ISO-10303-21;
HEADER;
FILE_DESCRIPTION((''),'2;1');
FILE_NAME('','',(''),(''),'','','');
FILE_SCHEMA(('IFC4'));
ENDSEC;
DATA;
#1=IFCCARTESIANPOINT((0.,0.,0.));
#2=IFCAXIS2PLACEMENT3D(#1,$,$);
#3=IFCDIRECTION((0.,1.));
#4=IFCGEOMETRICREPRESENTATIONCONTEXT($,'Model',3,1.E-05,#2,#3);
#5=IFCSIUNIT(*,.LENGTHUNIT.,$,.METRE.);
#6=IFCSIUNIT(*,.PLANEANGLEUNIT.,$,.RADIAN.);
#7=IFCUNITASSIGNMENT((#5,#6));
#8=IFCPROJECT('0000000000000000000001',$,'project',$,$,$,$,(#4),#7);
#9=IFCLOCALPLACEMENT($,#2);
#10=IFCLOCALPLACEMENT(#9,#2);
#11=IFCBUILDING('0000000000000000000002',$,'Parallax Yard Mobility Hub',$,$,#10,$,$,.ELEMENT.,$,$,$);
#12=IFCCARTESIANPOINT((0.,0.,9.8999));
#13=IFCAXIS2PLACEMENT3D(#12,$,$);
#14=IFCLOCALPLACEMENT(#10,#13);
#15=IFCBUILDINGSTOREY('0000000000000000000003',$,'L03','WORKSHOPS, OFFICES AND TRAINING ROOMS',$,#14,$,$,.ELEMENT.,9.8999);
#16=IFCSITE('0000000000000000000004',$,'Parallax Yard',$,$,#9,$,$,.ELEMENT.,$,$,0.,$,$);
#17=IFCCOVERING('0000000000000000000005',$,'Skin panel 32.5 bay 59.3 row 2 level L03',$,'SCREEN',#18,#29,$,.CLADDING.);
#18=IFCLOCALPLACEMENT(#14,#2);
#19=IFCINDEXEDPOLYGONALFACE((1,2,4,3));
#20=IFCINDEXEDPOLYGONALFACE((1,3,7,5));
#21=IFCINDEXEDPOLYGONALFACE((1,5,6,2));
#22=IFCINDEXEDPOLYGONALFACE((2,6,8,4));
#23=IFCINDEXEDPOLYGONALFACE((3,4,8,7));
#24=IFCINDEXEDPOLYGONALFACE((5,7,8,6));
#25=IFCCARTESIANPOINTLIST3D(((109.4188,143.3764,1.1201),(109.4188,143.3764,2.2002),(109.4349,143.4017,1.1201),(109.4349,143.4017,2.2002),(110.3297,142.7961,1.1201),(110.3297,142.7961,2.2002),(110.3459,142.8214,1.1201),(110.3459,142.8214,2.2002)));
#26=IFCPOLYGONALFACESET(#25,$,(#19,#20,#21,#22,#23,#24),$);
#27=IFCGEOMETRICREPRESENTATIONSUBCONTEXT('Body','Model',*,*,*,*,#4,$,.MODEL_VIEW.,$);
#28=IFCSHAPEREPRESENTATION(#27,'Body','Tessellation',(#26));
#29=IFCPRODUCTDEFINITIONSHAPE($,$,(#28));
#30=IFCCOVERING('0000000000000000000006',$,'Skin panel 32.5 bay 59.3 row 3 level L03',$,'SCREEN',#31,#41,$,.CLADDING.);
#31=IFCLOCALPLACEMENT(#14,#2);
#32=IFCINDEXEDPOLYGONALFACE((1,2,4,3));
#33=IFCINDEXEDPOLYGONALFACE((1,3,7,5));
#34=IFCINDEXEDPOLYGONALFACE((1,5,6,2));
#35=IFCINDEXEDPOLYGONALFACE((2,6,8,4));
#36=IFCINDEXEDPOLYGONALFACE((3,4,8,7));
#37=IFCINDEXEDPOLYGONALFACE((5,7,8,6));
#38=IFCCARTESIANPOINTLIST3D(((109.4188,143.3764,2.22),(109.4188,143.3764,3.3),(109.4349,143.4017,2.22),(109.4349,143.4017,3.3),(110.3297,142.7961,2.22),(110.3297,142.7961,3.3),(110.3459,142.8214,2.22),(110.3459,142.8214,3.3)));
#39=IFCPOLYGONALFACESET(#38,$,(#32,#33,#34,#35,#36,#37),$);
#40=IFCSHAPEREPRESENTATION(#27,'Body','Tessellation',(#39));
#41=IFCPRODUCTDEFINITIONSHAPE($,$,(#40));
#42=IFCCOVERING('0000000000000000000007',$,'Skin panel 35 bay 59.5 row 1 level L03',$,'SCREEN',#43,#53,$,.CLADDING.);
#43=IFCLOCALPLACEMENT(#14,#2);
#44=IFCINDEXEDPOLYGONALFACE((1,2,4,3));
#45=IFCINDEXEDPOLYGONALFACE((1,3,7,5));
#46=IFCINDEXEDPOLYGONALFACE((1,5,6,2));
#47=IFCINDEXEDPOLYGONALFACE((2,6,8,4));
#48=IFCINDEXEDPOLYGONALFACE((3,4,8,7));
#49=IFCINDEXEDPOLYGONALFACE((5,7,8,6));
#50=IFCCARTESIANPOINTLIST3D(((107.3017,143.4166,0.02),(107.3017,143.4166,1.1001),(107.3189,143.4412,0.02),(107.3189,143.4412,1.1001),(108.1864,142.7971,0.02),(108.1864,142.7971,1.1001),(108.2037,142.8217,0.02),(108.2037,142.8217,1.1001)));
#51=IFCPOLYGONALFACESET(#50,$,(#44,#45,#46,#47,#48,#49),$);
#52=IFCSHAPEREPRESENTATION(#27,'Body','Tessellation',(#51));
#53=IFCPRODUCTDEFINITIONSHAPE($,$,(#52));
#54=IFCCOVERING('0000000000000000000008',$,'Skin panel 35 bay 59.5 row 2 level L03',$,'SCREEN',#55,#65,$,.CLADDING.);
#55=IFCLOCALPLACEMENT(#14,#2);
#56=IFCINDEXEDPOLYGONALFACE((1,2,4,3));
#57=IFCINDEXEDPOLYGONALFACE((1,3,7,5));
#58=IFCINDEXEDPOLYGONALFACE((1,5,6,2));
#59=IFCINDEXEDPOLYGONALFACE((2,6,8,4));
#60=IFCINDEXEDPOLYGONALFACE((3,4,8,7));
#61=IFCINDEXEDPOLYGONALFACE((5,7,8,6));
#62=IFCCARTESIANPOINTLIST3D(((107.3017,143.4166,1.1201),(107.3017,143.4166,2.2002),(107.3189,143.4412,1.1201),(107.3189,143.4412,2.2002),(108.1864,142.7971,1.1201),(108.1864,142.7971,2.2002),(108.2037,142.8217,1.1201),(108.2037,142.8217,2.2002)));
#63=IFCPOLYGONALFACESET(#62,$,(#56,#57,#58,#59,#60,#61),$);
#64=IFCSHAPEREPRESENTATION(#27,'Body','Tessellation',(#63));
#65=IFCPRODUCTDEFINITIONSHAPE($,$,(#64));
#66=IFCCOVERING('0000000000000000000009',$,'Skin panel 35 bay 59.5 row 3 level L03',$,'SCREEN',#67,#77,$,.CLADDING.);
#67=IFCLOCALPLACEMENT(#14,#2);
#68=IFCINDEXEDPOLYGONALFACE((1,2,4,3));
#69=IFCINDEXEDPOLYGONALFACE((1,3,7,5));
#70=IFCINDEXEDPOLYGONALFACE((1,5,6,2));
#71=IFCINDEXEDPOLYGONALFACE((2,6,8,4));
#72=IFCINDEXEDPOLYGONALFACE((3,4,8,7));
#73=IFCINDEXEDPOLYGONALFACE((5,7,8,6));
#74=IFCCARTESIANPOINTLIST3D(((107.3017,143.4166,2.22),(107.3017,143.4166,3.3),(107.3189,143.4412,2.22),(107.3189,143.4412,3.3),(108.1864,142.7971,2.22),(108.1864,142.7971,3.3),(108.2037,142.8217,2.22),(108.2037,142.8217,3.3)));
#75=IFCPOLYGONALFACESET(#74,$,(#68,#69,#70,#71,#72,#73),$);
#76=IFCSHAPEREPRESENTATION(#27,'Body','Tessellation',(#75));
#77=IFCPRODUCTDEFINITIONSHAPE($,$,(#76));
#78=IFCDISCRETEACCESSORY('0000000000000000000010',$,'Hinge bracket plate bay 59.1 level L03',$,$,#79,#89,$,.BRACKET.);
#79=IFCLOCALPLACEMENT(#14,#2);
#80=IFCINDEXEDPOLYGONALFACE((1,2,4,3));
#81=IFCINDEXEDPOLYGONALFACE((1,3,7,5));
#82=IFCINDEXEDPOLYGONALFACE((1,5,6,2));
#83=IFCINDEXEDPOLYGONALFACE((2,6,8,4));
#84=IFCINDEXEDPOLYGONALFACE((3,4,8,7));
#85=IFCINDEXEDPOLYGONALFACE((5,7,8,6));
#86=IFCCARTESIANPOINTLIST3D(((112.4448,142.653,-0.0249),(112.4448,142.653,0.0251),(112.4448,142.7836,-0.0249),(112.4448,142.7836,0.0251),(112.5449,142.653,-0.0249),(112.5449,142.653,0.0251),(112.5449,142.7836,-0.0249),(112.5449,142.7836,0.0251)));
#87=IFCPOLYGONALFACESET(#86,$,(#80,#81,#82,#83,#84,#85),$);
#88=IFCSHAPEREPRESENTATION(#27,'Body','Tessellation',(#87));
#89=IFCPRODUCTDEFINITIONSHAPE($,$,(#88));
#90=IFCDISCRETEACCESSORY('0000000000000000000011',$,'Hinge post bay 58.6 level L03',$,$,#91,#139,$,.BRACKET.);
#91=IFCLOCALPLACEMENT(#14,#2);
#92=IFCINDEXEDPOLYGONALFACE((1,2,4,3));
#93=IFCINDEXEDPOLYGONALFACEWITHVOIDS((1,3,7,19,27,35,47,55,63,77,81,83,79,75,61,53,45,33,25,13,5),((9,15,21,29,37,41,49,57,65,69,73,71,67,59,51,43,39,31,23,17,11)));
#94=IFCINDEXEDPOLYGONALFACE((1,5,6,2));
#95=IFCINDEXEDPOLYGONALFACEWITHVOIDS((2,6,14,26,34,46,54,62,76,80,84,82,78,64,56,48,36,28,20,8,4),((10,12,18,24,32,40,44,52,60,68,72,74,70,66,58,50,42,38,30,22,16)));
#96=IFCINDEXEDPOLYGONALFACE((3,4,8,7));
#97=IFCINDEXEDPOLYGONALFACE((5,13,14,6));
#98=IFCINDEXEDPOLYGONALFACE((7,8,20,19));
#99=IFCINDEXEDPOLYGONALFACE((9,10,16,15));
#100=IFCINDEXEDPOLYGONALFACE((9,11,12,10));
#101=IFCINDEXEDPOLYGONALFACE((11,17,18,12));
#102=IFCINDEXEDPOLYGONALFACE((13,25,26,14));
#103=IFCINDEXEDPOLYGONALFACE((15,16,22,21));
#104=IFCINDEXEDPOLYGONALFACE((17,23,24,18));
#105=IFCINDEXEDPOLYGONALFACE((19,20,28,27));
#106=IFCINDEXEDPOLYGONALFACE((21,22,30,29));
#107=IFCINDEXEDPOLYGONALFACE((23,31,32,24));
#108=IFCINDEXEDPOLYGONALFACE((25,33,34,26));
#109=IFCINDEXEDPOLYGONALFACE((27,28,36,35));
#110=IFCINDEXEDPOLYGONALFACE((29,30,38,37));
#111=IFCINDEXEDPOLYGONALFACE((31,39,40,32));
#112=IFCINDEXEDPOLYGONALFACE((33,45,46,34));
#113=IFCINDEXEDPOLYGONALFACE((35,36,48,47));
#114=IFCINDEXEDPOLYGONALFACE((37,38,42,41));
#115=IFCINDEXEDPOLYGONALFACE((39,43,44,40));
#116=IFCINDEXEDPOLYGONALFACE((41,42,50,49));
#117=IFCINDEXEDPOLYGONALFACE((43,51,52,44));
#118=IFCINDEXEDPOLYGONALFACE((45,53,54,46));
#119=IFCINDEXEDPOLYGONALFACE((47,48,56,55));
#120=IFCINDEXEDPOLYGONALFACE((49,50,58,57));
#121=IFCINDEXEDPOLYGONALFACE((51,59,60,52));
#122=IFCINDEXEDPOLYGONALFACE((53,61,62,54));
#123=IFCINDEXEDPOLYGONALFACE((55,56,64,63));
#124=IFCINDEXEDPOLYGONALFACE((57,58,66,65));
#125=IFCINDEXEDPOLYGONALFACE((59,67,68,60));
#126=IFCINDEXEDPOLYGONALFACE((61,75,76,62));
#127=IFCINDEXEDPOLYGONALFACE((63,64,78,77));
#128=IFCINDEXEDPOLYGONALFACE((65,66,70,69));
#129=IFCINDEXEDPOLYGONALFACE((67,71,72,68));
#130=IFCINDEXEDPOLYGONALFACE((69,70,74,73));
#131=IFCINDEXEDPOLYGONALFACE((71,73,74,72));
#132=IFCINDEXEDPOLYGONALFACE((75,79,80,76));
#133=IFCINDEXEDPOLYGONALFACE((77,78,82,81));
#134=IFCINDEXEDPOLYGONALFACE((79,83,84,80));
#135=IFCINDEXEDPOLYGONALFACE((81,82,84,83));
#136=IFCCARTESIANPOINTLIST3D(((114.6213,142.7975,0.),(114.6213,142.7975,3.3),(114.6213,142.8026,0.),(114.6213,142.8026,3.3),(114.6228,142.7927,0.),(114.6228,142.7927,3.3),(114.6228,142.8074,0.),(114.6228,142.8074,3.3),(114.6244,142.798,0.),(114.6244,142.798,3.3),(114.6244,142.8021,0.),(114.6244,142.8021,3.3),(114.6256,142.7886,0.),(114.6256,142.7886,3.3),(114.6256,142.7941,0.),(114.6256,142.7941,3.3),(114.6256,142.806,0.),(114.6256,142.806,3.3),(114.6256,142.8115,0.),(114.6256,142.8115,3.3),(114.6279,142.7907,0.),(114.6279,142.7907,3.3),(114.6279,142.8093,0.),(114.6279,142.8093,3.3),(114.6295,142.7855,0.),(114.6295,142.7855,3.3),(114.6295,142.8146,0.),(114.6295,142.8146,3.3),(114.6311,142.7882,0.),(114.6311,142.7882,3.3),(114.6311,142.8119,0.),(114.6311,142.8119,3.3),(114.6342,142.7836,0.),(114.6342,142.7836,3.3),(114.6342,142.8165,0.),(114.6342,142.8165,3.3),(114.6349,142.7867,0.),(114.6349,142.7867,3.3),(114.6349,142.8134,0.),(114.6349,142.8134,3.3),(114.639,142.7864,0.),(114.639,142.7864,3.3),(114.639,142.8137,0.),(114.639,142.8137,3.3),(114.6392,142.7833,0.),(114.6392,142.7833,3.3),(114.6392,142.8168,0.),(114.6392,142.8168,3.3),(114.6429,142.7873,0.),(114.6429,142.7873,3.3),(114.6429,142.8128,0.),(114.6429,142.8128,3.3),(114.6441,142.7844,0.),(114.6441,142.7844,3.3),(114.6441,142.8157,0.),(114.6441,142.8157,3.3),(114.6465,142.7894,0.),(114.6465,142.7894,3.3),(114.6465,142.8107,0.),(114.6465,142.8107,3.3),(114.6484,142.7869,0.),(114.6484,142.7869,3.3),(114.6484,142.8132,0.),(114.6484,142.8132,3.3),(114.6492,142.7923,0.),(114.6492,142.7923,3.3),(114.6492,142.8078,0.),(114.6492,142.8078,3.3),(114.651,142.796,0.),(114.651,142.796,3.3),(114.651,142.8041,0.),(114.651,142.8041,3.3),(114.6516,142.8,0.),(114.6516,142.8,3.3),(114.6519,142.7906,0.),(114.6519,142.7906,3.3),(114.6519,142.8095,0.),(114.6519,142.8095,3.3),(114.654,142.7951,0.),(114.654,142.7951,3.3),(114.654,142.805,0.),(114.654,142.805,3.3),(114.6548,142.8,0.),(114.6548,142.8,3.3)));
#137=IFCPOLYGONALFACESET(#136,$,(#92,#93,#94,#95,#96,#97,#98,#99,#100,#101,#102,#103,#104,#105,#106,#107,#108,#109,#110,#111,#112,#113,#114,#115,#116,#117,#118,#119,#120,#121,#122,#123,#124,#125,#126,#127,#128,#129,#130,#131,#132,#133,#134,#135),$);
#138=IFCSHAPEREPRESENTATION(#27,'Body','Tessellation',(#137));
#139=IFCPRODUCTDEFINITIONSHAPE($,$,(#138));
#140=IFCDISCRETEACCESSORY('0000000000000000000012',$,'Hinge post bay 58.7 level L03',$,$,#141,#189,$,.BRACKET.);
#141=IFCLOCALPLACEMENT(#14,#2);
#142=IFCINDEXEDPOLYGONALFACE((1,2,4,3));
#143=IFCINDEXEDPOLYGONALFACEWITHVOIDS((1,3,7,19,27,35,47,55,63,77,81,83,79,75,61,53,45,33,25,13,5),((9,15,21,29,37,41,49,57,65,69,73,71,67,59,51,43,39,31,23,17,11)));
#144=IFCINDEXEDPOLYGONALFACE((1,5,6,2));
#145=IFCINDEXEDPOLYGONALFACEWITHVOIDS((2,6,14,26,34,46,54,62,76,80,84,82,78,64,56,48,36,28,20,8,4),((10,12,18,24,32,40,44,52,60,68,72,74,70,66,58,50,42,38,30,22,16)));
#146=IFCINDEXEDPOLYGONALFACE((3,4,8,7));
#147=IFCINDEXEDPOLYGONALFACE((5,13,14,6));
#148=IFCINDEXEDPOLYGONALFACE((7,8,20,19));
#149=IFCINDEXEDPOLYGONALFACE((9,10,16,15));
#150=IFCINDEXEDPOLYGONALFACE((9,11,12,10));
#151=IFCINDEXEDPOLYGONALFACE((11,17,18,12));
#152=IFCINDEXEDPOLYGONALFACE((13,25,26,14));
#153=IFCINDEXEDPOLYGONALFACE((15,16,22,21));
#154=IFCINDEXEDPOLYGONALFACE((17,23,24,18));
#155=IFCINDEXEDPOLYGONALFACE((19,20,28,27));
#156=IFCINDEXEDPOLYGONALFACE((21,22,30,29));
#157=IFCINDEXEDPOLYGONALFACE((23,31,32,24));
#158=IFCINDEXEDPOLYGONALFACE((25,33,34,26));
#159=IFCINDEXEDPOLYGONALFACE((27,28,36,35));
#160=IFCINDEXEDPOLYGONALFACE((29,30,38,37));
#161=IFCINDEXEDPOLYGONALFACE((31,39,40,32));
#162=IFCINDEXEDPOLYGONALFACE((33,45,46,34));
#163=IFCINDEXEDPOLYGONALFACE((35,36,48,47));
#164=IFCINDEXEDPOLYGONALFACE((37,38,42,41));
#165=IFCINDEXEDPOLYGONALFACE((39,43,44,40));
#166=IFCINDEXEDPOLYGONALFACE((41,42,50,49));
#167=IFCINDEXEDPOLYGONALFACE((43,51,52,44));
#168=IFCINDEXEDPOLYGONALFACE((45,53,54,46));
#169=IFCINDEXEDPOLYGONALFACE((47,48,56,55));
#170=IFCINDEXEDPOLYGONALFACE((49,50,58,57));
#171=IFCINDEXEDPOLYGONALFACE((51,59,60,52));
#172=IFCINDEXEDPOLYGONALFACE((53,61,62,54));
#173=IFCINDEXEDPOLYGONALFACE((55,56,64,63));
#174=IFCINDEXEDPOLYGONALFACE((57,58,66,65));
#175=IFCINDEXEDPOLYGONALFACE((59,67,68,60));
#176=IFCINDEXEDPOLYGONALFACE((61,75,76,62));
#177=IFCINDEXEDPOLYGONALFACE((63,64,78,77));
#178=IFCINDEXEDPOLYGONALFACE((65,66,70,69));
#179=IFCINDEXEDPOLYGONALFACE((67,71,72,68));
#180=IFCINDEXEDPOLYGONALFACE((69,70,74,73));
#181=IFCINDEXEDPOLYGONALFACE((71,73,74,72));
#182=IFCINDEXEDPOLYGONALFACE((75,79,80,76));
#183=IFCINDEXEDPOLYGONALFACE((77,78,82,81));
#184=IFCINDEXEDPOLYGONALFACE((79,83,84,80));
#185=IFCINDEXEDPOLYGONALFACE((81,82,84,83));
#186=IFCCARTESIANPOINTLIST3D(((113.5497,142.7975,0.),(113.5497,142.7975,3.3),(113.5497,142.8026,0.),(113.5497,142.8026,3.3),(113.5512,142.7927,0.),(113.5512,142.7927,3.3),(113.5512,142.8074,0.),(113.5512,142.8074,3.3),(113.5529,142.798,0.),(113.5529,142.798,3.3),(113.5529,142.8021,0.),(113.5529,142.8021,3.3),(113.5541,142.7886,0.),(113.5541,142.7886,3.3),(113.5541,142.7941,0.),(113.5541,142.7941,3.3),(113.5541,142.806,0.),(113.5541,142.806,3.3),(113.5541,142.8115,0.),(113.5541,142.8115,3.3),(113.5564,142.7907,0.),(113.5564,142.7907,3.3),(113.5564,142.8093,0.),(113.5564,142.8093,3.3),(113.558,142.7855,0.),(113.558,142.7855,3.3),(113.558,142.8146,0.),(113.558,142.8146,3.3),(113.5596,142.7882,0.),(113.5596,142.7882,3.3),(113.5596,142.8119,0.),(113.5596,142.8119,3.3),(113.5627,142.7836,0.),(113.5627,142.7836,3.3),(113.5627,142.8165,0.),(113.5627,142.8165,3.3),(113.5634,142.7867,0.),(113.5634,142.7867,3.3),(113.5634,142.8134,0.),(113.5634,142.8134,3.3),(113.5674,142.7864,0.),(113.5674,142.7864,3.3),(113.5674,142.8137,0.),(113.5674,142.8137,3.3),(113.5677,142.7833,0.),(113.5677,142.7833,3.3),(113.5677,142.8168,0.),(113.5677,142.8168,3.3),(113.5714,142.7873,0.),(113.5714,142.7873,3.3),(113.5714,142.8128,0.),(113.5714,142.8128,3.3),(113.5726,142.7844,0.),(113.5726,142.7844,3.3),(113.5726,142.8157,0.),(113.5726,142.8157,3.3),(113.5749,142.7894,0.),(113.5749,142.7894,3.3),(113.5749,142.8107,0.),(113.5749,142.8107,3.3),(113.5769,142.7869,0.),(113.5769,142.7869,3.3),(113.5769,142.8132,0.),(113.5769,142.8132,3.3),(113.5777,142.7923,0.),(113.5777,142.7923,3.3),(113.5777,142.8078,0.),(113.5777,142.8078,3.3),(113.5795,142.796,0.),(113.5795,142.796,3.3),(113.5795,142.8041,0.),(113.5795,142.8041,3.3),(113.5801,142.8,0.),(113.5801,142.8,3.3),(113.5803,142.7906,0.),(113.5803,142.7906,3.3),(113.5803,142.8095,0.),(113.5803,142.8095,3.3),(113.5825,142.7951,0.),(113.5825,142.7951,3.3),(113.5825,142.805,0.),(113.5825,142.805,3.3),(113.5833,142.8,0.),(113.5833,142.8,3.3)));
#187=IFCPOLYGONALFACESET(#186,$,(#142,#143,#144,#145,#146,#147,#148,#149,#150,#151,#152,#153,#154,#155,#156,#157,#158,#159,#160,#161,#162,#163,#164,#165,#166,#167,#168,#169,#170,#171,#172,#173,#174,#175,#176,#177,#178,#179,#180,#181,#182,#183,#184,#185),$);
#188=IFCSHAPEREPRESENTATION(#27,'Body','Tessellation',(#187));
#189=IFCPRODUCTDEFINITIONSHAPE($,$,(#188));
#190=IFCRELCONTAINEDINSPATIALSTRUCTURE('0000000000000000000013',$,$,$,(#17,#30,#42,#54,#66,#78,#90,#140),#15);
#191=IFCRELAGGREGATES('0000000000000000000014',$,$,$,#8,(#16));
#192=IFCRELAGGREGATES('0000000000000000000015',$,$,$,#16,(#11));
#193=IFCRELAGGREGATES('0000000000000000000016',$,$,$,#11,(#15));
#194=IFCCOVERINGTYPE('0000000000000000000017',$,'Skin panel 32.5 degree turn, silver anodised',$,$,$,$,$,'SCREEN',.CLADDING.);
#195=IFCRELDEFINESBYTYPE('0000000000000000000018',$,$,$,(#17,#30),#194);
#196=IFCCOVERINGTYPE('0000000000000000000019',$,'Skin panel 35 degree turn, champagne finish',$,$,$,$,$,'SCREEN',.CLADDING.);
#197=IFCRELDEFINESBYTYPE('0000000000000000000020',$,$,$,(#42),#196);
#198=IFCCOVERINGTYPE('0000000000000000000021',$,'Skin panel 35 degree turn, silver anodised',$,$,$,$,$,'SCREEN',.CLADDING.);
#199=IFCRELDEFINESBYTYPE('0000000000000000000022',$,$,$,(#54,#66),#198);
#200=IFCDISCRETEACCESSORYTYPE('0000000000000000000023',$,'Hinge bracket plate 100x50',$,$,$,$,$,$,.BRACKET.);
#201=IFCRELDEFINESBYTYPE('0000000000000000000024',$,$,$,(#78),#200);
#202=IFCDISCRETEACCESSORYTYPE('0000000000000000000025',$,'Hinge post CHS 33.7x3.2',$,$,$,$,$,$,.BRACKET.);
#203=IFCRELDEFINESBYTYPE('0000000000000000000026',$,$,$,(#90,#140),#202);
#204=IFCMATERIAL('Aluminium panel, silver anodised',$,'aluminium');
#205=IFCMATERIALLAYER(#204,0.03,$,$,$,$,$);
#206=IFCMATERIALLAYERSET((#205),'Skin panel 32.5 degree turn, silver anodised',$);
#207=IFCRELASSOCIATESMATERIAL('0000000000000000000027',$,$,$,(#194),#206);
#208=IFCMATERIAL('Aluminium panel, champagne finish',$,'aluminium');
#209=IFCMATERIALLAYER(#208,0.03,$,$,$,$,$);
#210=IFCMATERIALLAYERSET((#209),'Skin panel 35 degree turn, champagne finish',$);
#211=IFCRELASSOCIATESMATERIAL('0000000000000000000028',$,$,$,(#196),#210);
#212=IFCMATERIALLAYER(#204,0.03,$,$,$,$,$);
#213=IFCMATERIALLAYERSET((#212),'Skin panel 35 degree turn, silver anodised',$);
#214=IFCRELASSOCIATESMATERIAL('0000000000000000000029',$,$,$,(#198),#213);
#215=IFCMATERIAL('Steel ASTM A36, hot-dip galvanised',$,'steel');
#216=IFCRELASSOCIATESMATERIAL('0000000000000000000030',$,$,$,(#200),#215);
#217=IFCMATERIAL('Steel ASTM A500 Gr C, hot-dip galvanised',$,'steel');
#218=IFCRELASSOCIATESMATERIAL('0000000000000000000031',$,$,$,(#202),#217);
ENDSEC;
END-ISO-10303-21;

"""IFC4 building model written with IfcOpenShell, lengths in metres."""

from ifc_helpers import new_model, si_unit, direction, frame, origin, origin_2d, place, context, subcontext, project, spatial, rectangle, hollow_circle, extrude, material, layer, layer_set, material_profile, profile_set, type_object, element, save


model = new_model("IFC4")

# Units and contexts
model_context = context("Model", 3, precision=1e-05, world=origin(), true_north=direction((0.0, 1.0)))
body_context = subcontext(model_context, "Body", "Model", "MODEL_VIEW")
ifc_project = project(units=[si_unit("LENGTHUNIT", "METRE"), si_unit("PLANEANGLEUNIT", "RADIAN")], contexts=[model_context])

# Site, building, storey
site_placement = place(None, origin())
site = spatial("IfcSite", under=ifc_project, at=site_placement, Name="Parallax Yard", CompositionType="ELEMENT", RefElevation=0.0)
building_placement = place(site_placement, origin())
building = spatial("IfcBuilding", under=site, at=building_placement, Name="Parallax Yard Mobility Hub", CompositionType="ELEMENT")
storey_placement = place(building_placement, frame((0.0, 0.0, 9.8999)))
storey = spatial("IfcBuildingStorey", under=building, at=storey_placement, Name="L03", Description="WORKSHOPS, OFFICES AND TRAINING ROOMS", CompositionType="ELEMENT", Elevation=9.8999)

# Coverings
ifc_material_1 = material(Name="Aluminium panel, champagne finish", Category="aluminium")
ifc_material_2 = material(Name="Aluminium panel, silver anodised", Category="aluminium")
ifc_layer_1 = layer(ifc_material_2, 0.03)
ifc_layer_set_1 = layer_set([ifc_layer_1], Name="Skin panel 32.5 degree turn, silver anodised")
covering_type_1 = type_object("IfcCoveringType", Name="Skin panel 32.5 degree turn, silver anodised", ElementType="SCREEN", PredefinedType="CLADDING", material=ifc_layer_set_1)
for number, where, z_axis, x_axis, name in (
    (1, (109.8823, 143.0989, 1.1201), (0.0, 0.0, 1.0), (-0.843391, 0.5373, 0.0), "Skin panel 32.5 bay 59.3 row 2 level L03"),
    (2, (109.8823, 143.0989, 2.22), (0.0, 0.0, 1.0), (-0.843391, 0.5373, 0.0), "Skin panel 32.5 bay 59.3 row 3 level L03"),
):
    element("IfcCovering", number, at=place(storey_placement, frame(where, z_axis=z_axis, x_axis=x_axis)), inside=storey, type_object=covering_type_1, Name=name, ObjectType="SCREEN", PredefinedType="CLADDING", context=body_context, shape_type="SweptSolid", body=[
        extrude(rectangle(XDim=1.0801, YDim=0.03, at=origin_2d()), origin(), (0.0, 0.0, 1.0), 1.0801),
    ])
ifc_layer_2 = layer(ifc_material_1, 0.03)
ifc_layer_set_2 = layer_set([ifc_layer_2], Name="Skin panel 35 degree turn, champagne finish")
covering_type_2 = type_object("IfcCoveringType", Name="Skin panel 35 degree turn, champagne finish", ElementType="SCREEN", PredefinedType="CLADDING", material=ifc_layer_set_2)
covering_placement = place(storey_placement, frame((107.7527, 143.1191, 0.02), z_axis=(0.0, 0.0, 1.0), x_axis=(-0.819152, 0.573576, 0.0)))
element("IfcCovering", 3, at=covering_placement, inside=storey, type_object=covering_type_2, Name="Skin panel 35 bay 59.5 row 1 level L03", ObjectType="SCREEN", PredefinedType="CLADDING", context=body_context, shape_type="SweptSolid", body=[
    extrude(rectangle(XDim=1.0801, YDim=0.03, at=origin_2d()), origin(), (0.0, 0.0, 1.0), 1.0801),
])
ifc_layer_3 = layer(ifc_material_2, 0.03)
ifc_layer_set_3 = layer_set([ifc_layer_3], Name="Skin panel 35 degree turn, silver anodised")
covering_type_3 = type_object("IfcCoveringType", Name="Skin panel 35 degree turn, silver anodised", ElementType="SCREEN", PredefinedType="CLADDING", material=ifc_layer_set_3)
for number, where, z_axis, x_axis, name in (
    (4, (107.7527, 143.1191, 1.1201), (0.0, 0.0, 1.0), (-0.819152, 0.573576, 0.0), "Skin panel 35 bay 59.5 row 2 level L03"),
    (5, (107.7527, 143.1191, 2.22), (0.0, 0.0, 1.0), (-0.819152, 0.573576, 0.0), "Skin panel 35 bay 59.5 row 3 level L03"),
):
    element("IfcCovering", number, at=place(storey_placement, frame(where, z_axis=z_axis, x_axis=x_axis)), inside=storey, type_object=covering_type_3, Name=name, ObjectType="SCREEN", PredefinedType="CLADDING", context=body_context, shape_type="SweptSolid", body=[
        extrude(rectangle(XDim=1.0801, YDim=0.03, at=origin_2d()), origin(), (0.0, 0.0, 1.0), 1.0801),
    ])

# Discrete accessories
ifc_material_3 = material(Name="Steel ASTM A36, hot-dip galvanised", Category="steel")
discrete_accessory_type_1 = type_object("IfcDiscreteAccessoryType", Name="Hinge bracket plate 100x50", PredefinedType="BRACKET", material=ifc_material_3)
discrete_accessory_placement = place(storey_placement, frame((112.4949, 142.7183, -0.0249), z_axis=(0.0, 0.0, 1.0), x_axis=(0.0, 1.0, 0.0)))
element("IfcDiscreteAccessory", 6, at=discrete_accessory_placement, inside=storey, type_object=discrete_accessory_type_1, Name="Hinge bracket plate bay 59.1 level L03", PredefinedType="BRACKET", context=body_context, shape_type="SweptSolid", body=[
    extrude(rectangle(XDim=0.1306, YDim=0.1001, at=origin_2d()), origin(), (0.0, 0.0, 1.0), 0.05),
])
ifc_material_4 = material(Name="Steel ASTM A500 Gr C, hot-dip galvanised", Category="steel")
ifc_material_profile = material_profile(ifc_material_4, hollow_circle(Radius=0.0168, WallThickness=0.0032, at=origin_2d()), Name="CHS 33.7x3.2")
ifc_profile_set = profile_set([ifc_material_profile], Name="Steel ASTM A500 Gr C, hot-dip galvanised")
discrete_accessory_type_2 = type_object("IfcDiscreteAccessoryType", Name="Hinge post CHS 33.7x3.2", PredefinedType="BRACKET", material=ifc_profile_set)
for number, where, z_axis, x_axis, name in (
    (7, (114.6379, 142.8, 0.0), (0.0, 0.0, 1.0), (1.0, 0.0, 0.0), "Hinge post bay 58.6 level L03"),
    (8, (113.5664, 142.8, 0.0), (0.0, 0.0, 1.0), (1.0, 0.0, 0.0), "Hinge post bay 58.7 level L03"),
):
    element("IfcDiscreteAccessory", number, at=place(storey_placement, frame(where, z_axis=z_axis, x_axis=x_axis)), inside=storey, type_object=discrete_accessory_type_2, Name=name, PredefinedType="BRACKET", context=body_context, shape_type="SweptSolid", body=[
        extrude(hollow_circle(Radius=0.0168, WallThickness=0.0032, at=origin_2d()), origin(), (0.0, 0.0, 1.0), 3.3),
    ])

save(model, "model.ifc")
